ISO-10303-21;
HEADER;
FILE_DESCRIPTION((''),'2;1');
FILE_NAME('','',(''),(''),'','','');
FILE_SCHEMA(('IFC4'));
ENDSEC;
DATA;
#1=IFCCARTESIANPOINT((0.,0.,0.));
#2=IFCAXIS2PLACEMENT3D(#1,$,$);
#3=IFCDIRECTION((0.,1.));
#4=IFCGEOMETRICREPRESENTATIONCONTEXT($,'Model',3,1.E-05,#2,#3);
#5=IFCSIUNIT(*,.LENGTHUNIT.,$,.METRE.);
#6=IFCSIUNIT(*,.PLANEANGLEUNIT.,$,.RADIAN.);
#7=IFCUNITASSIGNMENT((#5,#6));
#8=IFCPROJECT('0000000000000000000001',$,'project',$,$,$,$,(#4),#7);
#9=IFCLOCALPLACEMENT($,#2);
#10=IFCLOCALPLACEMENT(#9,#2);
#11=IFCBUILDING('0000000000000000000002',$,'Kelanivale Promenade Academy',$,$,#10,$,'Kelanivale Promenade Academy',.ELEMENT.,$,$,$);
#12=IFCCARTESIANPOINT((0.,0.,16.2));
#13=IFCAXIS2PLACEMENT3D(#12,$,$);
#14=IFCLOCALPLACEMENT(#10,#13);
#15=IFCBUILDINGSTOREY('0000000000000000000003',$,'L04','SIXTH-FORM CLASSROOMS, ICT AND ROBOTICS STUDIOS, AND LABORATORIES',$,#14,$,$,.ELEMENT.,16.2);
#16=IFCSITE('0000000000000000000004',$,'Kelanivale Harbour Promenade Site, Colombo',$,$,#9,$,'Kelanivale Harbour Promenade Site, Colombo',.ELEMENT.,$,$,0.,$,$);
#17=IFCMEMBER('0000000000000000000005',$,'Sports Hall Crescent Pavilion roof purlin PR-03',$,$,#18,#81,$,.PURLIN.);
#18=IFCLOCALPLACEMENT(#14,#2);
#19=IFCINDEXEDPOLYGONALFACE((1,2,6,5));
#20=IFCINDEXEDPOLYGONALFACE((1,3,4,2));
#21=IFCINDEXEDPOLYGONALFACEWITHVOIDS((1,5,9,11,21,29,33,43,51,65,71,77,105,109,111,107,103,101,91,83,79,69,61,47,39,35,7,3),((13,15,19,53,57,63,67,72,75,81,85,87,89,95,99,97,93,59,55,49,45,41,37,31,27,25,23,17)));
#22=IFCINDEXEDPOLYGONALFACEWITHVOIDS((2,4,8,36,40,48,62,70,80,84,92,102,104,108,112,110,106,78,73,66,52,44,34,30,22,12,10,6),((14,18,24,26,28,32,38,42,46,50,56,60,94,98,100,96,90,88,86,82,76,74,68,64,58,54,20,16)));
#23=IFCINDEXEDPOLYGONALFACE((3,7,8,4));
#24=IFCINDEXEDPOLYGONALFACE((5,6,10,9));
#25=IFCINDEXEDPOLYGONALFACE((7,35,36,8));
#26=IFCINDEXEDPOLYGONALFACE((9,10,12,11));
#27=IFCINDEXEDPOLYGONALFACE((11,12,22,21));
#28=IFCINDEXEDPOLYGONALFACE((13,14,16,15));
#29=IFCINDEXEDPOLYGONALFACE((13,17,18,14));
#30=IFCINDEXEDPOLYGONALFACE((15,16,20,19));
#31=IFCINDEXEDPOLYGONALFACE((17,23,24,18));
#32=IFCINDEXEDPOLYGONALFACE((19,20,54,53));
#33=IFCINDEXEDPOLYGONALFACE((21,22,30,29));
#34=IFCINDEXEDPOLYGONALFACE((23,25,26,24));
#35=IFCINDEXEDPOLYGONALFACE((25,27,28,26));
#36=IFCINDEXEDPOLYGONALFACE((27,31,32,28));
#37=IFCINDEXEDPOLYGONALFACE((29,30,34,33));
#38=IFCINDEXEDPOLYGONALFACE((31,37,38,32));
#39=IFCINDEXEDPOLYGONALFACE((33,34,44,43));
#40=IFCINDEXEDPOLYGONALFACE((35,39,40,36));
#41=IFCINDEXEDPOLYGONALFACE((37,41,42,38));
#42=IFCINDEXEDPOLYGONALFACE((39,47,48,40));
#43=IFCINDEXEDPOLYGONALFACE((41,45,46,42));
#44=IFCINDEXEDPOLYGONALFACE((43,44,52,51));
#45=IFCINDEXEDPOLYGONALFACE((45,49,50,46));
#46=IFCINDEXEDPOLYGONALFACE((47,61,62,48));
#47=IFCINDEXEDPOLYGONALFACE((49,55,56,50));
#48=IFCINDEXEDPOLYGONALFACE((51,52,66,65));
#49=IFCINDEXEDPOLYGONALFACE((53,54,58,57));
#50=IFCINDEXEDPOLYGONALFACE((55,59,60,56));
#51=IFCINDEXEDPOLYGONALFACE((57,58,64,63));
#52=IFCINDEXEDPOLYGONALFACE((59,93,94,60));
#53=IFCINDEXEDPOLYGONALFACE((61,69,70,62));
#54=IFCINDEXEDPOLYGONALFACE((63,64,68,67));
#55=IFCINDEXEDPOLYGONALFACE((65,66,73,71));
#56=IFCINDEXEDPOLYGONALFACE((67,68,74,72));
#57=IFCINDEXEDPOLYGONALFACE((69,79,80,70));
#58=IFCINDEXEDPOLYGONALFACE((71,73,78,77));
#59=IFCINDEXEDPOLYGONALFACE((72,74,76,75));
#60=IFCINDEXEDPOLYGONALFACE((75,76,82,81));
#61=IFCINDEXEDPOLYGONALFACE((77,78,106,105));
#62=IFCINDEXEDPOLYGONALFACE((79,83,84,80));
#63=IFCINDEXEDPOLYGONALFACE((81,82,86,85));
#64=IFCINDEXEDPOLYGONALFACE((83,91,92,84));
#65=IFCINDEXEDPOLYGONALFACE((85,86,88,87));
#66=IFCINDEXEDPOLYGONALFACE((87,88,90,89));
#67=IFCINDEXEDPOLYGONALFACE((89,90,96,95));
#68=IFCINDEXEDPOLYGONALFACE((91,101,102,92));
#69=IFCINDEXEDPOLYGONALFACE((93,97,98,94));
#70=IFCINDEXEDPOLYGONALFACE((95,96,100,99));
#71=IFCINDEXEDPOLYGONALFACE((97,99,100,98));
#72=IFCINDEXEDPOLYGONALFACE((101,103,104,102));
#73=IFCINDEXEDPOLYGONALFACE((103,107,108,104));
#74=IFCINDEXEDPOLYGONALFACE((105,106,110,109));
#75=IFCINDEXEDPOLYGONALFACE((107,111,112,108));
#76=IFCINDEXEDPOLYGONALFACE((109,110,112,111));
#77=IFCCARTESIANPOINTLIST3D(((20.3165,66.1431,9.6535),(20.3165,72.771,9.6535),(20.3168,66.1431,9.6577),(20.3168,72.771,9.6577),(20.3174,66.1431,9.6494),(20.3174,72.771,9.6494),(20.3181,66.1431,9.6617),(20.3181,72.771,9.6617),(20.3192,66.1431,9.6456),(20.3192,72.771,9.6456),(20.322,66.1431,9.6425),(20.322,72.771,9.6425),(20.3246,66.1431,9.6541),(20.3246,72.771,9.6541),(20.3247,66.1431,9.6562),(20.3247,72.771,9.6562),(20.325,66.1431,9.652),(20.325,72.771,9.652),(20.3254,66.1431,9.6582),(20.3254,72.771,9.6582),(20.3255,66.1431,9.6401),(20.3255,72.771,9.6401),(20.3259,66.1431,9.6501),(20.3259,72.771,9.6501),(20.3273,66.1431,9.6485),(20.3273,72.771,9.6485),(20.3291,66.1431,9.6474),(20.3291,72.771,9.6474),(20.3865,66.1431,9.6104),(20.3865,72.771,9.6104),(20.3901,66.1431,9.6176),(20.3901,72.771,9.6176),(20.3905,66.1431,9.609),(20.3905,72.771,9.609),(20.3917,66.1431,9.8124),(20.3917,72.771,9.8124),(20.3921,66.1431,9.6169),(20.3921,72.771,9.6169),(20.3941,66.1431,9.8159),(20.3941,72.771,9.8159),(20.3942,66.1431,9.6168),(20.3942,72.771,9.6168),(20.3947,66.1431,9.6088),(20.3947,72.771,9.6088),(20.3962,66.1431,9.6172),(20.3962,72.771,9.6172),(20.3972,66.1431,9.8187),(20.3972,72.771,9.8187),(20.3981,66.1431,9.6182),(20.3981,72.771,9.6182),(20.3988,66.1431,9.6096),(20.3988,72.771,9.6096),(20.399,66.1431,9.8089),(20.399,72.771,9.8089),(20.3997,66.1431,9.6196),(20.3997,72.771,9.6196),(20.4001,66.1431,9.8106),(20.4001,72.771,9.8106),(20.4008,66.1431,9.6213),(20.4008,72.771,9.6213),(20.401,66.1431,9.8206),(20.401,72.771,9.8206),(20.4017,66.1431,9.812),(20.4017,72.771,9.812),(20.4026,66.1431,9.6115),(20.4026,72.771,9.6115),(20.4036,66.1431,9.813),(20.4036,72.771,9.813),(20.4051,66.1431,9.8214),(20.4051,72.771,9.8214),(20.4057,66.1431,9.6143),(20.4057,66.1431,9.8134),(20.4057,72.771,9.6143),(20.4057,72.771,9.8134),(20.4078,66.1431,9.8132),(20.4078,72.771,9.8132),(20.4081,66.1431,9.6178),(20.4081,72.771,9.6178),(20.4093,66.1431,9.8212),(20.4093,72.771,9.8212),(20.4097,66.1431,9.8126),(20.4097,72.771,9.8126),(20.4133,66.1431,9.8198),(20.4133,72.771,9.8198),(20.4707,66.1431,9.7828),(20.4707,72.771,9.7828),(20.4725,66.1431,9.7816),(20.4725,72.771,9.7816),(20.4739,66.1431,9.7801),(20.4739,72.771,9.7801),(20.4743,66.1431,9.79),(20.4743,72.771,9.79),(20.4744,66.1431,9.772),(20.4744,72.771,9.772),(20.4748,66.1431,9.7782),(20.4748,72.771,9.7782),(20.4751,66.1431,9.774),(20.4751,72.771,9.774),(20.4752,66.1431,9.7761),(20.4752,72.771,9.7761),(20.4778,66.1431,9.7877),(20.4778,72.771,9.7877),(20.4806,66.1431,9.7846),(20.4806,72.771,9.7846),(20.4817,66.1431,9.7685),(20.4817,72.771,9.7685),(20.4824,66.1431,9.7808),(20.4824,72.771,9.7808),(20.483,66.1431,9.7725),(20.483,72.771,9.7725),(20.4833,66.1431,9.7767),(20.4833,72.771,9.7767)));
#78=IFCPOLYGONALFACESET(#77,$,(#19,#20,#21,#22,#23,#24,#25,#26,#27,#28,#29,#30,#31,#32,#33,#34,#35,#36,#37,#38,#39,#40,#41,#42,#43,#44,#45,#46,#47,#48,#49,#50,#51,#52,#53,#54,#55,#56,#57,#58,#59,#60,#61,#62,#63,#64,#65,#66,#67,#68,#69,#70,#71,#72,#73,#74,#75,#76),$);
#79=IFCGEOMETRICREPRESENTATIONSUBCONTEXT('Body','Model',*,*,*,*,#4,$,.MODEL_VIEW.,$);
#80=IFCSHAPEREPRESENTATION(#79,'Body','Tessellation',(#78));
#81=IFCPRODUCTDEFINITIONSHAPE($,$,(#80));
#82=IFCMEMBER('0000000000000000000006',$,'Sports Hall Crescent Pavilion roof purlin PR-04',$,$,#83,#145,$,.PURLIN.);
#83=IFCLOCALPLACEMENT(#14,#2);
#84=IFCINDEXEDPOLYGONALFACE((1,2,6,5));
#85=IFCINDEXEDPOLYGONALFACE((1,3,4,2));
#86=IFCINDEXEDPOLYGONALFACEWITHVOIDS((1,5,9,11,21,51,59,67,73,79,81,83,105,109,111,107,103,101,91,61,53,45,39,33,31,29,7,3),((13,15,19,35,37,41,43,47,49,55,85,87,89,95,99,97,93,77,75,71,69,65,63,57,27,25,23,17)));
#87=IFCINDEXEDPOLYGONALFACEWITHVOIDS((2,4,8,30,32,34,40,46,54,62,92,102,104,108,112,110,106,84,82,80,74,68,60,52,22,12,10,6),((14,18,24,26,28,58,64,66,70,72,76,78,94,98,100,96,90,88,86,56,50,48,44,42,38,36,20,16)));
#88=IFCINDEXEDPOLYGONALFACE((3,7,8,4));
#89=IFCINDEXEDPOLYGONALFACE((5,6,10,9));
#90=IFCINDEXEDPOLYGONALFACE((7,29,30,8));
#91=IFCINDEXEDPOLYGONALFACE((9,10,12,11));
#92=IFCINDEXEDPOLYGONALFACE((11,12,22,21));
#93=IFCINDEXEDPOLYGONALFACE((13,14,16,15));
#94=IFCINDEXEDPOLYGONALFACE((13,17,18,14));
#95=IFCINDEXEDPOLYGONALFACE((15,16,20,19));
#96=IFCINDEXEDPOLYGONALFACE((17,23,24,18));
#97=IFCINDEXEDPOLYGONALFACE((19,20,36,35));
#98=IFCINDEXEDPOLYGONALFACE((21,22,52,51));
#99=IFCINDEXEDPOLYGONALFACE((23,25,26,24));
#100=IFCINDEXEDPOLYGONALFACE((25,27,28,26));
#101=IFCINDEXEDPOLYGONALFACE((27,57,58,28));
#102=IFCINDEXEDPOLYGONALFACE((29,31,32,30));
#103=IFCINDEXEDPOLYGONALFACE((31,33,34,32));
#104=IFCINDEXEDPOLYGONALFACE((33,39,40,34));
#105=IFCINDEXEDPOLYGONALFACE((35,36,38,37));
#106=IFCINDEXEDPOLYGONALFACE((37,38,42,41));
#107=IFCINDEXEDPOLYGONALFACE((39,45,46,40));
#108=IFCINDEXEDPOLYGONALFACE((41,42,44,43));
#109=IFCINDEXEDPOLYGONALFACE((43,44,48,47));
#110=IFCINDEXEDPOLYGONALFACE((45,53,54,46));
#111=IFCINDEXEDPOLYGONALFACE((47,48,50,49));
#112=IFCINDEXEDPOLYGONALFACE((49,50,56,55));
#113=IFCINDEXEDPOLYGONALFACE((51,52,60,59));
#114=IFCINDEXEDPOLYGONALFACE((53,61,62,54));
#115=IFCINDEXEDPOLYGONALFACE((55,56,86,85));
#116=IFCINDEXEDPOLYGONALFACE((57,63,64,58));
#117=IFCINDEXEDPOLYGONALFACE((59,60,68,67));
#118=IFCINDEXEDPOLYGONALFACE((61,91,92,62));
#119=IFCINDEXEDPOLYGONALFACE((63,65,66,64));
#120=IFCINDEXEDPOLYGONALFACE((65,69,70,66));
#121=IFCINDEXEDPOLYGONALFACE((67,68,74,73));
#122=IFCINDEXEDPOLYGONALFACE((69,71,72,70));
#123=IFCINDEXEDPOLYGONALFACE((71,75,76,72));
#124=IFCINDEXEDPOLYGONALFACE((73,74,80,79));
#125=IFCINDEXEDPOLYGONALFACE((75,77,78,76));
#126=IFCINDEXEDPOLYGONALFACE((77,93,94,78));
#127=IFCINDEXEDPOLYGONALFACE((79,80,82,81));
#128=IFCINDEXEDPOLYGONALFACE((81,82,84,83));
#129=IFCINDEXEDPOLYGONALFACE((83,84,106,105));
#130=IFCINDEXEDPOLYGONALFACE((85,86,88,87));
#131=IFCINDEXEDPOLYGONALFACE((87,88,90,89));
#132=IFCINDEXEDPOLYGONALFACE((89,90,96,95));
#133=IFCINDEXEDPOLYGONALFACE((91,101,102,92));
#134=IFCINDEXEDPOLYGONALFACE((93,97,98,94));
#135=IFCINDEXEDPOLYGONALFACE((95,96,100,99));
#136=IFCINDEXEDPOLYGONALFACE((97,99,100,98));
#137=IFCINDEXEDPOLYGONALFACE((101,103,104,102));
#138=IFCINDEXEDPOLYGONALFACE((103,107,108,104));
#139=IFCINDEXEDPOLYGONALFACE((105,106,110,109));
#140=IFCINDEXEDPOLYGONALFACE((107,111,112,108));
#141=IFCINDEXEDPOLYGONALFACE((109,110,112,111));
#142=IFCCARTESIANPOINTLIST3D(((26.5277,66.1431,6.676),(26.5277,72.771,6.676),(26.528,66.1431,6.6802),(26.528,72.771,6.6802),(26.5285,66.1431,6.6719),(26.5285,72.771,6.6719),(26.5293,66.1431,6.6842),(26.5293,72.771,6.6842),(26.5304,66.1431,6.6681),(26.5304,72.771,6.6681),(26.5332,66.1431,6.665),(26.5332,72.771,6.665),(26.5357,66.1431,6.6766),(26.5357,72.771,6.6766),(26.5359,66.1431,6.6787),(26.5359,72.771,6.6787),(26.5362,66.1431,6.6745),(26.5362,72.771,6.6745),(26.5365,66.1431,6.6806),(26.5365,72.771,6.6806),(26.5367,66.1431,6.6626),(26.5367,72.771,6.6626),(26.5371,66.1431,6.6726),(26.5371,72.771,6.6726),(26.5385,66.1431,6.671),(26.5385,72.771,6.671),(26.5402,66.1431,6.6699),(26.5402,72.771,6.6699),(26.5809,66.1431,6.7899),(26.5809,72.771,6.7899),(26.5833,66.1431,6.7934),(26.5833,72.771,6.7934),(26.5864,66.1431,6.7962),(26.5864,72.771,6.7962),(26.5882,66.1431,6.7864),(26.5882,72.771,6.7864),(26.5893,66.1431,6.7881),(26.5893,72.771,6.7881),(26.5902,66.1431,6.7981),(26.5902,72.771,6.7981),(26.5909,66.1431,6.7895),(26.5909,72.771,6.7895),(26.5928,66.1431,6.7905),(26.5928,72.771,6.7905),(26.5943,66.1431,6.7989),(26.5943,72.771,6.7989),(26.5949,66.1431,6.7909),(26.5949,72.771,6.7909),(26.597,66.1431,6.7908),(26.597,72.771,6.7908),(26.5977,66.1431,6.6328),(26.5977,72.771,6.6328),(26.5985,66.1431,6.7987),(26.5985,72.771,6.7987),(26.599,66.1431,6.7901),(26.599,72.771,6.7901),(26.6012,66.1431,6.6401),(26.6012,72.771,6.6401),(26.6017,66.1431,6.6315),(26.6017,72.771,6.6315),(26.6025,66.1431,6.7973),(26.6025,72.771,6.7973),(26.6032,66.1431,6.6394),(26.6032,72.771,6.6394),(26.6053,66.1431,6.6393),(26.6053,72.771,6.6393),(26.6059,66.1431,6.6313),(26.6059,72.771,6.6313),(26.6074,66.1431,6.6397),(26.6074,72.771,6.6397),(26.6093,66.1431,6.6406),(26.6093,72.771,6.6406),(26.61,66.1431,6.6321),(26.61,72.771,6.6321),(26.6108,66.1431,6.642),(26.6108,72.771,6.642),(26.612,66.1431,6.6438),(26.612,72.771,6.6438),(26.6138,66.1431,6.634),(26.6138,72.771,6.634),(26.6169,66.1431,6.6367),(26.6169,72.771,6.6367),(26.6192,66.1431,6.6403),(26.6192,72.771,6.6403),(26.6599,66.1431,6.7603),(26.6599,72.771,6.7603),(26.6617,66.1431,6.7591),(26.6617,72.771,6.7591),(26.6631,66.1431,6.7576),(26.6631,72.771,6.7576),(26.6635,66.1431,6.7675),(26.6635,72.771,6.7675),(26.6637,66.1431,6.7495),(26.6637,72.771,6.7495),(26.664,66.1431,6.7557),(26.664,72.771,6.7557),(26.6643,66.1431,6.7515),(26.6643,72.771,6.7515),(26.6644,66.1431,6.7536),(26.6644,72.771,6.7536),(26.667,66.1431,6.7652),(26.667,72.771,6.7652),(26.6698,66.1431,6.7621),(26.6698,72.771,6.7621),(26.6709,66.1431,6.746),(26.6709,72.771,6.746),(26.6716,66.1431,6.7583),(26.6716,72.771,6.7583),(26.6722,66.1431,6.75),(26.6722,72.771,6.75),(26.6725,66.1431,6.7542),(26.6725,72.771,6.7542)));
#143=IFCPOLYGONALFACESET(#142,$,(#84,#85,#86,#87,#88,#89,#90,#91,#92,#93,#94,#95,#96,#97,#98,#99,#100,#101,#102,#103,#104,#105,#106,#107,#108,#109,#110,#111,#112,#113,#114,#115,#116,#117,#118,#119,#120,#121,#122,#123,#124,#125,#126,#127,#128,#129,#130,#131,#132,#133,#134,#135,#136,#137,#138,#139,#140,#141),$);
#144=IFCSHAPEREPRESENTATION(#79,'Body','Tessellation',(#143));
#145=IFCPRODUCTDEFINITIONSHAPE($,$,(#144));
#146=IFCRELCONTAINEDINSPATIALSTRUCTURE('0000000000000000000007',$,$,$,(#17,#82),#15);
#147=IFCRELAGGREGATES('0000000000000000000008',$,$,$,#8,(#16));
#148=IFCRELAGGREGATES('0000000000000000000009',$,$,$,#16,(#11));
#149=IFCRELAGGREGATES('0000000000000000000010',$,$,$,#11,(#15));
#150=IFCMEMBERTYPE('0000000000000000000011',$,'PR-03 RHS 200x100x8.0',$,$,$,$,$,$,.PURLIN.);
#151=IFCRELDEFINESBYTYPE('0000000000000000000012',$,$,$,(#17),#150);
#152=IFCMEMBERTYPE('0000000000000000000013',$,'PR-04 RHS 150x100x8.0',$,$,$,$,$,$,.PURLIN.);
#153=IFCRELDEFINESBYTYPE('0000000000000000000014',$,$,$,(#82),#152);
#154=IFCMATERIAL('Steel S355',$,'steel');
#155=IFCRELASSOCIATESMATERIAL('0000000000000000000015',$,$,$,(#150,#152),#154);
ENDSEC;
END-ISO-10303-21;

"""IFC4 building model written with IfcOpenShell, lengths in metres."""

from ifc_helpers import new_model, si_unit, direction, frame, origin, origin_2d, place, context, subcontext, project, spatial, hollow_rectangle, extrude, material, material_profile, profile_set, type_object, element, save


model = new_model("IFC4")

# Units and contexts
model_context = context("Model", 3, precision=1e-05, world=origin(), true_north=direction((0.0, 1.0)))
body_context = subcontext(model_context, "Body", "Model", "MODEL_VIEW")
ifc_project = project(units=[si_unit("LENGTHUNIT", "METRE"), si_unit("PLANEANGLEUNIT", "RADIAN")], contexts=[model_context])

# Site, building, storey
site_placement = place(None, origin())
site = spatial("IfcSite", under=ifc_project, at=site_placement, Name="Kelanivale Harbour Promenade Site, Colombo", LongName="Kelanivale Harbour Promenade Site, Colombo", CompositionType="ELEMENT", RefElevation=0.0)
building_placement = place(site_placement, origin())
building = spatial("IfcBuilding", under=site, at=building_placement, Name="Kelanivale Promenade Academy", LongName="Kelanivale Promenade Academy", CompositionType="ELEMENT")
storey_placement = place(building_placement, frame((0.0, 0.0, 16.2)))
storey = spatial("IfcBuildingStorey", under=building, at=storey_placement, Name="L04", Description="SIXTH-FORM CLASSROOMS, ICT AND ROBOTICS STUDIOS, AND LABORATORIES", CompositionType="ELEMENT", Elevation=16.2)

# Members
ifc_material_1 = material(Name="Steel S355", Category="steel")
ifc_material_profile_1 = material_profile(ifc_material_1, hollow_rectangle(XDim=0.1001, YDim=0.2, WallThickness=0.0081, InnerFilletRadius=0.0081, OuterFilletRadius=0.0161, at=origin_2d()), Name="RHS 200x100x8.0")
ifc_profile_set_1 = profile_set([ifc_material_profile_1], Name="Steel S355")
member_type_1 = type_object("IfcMemberType", Name="PR-03 RHS 200x100x8.0", PredefinedType="PURLIN", material=ifc_profile_set_1)
member_1_placement = place(storey_placement, frame((20.3999, 66.1431, 9.7151), z_axis=(0.0, 1.0, 0.0), x_axis=(-0.898564, 0.0, 0.438842)))
element("IfcMember", 1, at=member_1_placement, inside=storey, type_object=member_type_1, Name="Sports Hall Crescent Pavilion roof purlin PR-03", PredefinedType="PURLIN", context=body_context, shape_type="SweptSolid", body=[
    extrude(hollow_rectangle(XDim=0.1001, YDim=0.2, WallThickness=0.0081, InnerFilletRadius=0.0081, OuterFilletRadius=0.0161, at=origin_2d()), origin(), (0.0, 0.0, 1.0), 6.6279),
])
ifc_material_profile_2 = material_profile(ifc_material_1, hollow_rectangle(XDim=0.1001, YDim=0.1499, WallThickness=0.0081, InnerFilletRadius=0.0081, OuterFilletRadius=0.0161, at=origin_2d()), Name="RHS 150x100x8.0")
ifc_profile_set_2 = profile_set([ifc_material_profile_2], Name="Steel S355")
member_type_2 = type_object("IfcMemberType", Name="PR-04 RHS 150x100x8.0", PredefinedType="PURLIN", material=ifc_profile_set_2)
member_2_placement = place(storey_placement, frame((26.6001, 66.1431, 6.7151), z_axis=(0.0, 1.0, 0.0), x_axis=(-0.898564, 0.0, 0.438842)))
element("IfcMember", 2, at=member_2_placement, inside=storey, type_object=member_type_2, Name="Sports Hall Crescent Pavilion roof purlin PR-04", PredefinedType="PURLIN", context=body_context, shape_type="SweptSolid", body=[
    extrude(hollow_rectangle(XDim=0.1001, YDim=0.1499, WallThickness=0.0081, InnerFilletRadius=0.0081, OuterFilletRadius=0.0161, at=origin_2d()), origin(), (0.0, 0.0, 1.0), 6.6279),
])

save(model, "model.ifc")
